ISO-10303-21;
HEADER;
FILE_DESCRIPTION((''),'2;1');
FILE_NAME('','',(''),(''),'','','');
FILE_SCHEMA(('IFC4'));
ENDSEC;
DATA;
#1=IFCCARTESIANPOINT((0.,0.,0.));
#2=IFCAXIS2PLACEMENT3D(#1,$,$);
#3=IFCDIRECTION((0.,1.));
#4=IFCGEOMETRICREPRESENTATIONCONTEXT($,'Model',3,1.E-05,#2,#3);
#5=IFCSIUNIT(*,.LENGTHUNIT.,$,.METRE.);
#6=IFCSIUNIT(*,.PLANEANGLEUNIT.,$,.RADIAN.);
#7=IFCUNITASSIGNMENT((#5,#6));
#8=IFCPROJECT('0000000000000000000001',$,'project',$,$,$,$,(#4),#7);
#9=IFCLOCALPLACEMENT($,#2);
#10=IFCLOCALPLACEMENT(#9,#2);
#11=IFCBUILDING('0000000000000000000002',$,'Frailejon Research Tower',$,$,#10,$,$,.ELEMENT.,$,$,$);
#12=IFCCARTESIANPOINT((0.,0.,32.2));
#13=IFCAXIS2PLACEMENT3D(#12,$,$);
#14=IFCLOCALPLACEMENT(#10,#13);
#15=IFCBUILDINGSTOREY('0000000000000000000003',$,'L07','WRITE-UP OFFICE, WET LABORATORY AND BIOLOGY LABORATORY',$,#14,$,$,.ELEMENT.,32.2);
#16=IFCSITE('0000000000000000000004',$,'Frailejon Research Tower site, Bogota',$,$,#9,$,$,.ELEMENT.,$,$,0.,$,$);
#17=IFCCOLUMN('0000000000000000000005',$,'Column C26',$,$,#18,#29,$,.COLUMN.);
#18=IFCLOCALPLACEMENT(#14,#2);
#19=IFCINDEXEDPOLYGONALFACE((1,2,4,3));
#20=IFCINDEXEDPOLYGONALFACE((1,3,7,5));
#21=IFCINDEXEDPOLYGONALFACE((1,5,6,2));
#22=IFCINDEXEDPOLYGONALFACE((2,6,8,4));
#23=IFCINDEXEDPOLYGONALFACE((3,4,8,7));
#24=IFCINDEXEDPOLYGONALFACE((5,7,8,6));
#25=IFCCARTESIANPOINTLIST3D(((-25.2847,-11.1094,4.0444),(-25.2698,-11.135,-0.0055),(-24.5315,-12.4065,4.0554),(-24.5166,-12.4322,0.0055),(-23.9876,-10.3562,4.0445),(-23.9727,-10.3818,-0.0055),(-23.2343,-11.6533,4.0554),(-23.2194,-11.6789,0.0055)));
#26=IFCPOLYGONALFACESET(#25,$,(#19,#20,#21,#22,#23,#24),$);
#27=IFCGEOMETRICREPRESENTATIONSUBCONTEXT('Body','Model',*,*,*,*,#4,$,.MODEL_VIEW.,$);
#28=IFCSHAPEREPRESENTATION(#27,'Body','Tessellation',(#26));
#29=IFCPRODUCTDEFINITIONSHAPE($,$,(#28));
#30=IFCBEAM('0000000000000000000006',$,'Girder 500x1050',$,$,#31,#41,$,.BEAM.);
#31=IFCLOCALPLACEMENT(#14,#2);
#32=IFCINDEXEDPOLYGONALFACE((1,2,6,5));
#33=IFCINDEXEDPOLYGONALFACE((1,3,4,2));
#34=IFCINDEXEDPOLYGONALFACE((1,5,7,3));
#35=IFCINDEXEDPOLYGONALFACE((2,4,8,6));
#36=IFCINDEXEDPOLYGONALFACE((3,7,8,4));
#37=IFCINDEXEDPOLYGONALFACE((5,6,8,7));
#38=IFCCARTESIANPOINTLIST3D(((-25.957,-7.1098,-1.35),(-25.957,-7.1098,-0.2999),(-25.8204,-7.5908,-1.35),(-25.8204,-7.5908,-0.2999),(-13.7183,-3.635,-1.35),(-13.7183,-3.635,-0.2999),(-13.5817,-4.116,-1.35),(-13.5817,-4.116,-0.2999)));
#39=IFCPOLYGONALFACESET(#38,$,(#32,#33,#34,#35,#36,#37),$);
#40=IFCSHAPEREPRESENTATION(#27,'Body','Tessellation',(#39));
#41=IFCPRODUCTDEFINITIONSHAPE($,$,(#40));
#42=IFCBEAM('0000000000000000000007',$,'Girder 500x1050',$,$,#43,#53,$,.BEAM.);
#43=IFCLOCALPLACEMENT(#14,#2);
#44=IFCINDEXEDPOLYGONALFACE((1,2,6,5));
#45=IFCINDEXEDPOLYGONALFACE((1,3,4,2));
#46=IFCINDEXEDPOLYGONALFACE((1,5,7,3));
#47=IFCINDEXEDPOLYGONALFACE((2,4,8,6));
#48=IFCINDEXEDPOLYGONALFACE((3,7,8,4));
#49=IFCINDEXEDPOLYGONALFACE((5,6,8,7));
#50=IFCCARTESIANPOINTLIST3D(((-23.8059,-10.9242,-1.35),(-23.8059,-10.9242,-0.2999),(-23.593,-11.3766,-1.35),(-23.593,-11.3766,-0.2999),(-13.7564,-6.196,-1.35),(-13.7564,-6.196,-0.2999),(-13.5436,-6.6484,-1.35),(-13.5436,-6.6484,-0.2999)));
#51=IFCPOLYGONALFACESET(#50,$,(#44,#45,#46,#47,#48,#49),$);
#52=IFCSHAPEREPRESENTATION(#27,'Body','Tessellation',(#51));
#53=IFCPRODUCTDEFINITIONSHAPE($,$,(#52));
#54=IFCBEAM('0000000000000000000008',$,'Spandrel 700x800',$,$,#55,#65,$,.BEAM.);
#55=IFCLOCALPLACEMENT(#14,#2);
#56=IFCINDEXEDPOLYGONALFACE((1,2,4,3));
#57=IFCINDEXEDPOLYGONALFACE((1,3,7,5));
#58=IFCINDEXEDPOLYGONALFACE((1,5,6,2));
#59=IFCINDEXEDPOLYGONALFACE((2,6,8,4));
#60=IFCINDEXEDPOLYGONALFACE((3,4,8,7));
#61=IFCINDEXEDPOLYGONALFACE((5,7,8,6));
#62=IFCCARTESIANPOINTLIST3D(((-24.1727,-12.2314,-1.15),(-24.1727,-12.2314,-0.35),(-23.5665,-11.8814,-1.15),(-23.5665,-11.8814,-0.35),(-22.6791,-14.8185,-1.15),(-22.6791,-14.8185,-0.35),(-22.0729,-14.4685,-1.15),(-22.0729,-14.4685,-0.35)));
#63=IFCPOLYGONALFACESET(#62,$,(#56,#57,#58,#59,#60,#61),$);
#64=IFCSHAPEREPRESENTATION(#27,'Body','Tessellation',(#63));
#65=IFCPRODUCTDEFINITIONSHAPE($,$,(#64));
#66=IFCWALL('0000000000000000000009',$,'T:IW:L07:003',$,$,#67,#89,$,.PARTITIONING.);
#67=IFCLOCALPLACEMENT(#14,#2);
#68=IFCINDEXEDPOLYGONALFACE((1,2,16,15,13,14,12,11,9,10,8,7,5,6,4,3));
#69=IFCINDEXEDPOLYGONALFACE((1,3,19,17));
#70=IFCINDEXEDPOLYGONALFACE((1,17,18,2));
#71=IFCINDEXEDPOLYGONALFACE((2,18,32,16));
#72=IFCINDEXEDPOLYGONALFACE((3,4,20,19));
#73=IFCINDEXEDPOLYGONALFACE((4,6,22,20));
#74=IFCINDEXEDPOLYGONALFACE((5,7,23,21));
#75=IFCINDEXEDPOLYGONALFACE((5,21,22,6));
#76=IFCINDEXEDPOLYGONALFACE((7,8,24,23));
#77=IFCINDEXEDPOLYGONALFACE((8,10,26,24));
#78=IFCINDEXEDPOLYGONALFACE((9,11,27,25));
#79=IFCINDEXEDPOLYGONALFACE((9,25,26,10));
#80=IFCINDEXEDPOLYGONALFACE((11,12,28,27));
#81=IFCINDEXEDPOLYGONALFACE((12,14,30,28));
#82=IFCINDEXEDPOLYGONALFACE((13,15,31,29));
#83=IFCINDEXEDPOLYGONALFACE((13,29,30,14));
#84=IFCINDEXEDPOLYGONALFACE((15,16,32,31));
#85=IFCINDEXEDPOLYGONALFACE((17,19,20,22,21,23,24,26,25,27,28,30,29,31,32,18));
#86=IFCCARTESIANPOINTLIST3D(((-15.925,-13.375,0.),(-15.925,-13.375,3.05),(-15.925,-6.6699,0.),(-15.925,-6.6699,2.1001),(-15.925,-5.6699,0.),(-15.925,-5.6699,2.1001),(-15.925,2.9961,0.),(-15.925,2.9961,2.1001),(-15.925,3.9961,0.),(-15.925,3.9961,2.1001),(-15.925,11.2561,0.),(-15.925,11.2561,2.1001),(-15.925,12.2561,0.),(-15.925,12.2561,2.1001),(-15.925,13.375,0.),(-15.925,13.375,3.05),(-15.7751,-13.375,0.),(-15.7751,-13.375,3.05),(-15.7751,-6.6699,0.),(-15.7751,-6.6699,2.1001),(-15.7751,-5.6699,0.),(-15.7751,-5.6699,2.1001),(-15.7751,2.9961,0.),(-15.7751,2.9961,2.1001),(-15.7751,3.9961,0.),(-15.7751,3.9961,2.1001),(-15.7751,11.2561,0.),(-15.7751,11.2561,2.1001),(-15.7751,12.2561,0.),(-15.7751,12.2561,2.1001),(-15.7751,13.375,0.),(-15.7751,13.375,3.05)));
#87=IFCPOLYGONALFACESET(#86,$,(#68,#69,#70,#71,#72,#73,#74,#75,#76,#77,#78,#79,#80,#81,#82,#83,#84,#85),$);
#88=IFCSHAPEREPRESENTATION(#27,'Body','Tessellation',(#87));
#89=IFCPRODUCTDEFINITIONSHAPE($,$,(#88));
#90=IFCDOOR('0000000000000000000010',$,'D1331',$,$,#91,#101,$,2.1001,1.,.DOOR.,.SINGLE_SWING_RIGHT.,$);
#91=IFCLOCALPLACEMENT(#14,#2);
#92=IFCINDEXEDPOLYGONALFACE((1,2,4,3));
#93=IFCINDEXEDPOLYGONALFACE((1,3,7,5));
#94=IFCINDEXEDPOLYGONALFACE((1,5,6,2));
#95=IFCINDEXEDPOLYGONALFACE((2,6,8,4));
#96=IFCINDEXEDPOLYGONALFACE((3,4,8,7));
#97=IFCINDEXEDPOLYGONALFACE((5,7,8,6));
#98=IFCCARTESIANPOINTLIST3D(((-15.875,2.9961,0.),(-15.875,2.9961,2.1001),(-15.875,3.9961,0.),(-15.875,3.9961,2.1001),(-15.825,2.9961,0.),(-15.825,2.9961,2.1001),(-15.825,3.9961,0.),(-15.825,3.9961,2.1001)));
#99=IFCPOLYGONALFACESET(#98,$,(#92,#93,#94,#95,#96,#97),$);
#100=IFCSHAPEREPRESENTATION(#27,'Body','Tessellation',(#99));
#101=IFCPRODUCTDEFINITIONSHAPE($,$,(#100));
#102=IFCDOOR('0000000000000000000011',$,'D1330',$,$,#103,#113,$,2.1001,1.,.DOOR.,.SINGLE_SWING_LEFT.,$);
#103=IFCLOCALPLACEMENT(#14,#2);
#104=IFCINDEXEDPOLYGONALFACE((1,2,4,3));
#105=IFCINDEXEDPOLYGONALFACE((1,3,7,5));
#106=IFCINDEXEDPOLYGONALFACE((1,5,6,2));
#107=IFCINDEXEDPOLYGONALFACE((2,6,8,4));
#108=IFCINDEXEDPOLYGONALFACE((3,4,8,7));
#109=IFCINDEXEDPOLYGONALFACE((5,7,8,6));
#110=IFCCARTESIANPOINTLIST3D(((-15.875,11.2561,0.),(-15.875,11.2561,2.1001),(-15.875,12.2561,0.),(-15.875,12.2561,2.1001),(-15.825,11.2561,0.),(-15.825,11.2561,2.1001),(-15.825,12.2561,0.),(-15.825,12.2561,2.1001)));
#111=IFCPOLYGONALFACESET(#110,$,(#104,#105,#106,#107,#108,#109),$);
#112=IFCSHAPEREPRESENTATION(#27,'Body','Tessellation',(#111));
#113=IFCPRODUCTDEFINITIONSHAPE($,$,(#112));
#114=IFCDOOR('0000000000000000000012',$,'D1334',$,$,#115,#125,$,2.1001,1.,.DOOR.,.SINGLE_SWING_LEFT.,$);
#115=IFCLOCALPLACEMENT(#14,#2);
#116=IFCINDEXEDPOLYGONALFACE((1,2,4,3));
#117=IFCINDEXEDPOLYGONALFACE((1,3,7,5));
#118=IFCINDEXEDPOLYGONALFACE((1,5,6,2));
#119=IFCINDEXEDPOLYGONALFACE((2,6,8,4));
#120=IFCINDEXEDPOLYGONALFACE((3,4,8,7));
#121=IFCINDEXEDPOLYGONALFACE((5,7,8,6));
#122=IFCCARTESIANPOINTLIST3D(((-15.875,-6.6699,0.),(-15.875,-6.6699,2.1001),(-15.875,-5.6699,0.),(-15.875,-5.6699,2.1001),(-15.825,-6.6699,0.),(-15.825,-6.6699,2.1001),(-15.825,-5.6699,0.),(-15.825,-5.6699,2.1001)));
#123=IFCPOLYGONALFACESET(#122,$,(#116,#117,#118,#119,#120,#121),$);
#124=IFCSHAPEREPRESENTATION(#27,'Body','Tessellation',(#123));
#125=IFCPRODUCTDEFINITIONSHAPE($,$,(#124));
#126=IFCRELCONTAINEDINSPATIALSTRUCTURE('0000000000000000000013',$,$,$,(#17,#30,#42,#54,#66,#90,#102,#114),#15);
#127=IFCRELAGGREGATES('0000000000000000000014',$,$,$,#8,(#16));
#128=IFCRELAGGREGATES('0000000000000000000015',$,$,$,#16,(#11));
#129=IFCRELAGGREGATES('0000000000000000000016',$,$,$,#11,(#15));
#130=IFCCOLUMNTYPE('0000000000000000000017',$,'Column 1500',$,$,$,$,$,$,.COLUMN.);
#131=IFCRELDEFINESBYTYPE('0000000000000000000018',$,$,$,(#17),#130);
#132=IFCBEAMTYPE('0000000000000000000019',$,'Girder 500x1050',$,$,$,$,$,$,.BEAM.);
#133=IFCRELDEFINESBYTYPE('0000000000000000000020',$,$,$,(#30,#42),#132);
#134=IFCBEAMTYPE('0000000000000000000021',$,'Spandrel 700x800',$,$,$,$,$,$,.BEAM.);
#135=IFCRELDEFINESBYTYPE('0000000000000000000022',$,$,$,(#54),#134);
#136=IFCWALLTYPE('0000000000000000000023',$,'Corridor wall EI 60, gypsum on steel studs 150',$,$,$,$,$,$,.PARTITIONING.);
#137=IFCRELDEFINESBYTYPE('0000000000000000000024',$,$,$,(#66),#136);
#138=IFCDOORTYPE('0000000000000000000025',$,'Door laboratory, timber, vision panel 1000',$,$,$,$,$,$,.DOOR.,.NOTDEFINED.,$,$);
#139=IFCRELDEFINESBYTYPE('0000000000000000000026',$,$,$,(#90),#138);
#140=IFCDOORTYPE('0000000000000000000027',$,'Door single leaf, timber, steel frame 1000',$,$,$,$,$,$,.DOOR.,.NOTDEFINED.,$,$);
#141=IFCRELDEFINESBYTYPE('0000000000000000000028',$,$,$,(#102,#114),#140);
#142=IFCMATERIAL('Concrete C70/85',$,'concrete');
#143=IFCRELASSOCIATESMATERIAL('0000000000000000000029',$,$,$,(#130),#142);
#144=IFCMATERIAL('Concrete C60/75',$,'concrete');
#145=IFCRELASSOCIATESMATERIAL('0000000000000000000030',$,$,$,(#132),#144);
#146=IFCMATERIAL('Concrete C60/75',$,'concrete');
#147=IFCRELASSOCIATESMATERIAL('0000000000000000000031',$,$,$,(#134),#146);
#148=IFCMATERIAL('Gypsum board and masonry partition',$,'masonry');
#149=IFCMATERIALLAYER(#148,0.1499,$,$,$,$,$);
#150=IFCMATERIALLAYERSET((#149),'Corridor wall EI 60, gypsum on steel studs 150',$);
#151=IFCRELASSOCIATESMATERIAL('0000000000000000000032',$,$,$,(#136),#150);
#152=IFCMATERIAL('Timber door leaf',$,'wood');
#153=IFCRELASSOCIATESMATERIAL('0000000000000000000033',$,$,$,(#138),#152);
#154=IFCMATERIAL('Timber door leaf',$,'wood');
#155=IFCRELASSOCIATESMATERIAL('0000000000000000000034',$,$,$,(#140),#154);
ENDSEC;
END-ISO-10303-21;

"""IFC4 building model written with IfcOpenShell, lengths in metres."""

from ifc_helpers import new_model, si_unit, direction, frame, frame_2d, origin, origin_2d, place, context, subcontext, project, spatial, rectangle, extrude, material, layer, layer_set, material_profile, profile_set, type_object, element, fill, save


model = new_model("IFC4")

# Units and contexts
model_context = context("Model", 3, precision=1e-05, world=origin(), true_north=direction((0.0, 1.0)))
body_context = subcontext(model_context, "Body", "Model", "MODEL_VIEW")
ifc_project = project(units=[si_unit("LENGTHUNIT", "METRE"), si_unit("PLANEANGLEUNIT", "RADIAN")], contexts=[model_context])

# Site, building, storey
site_placement = place(None, origin())
site = spatial("IfcSite", under=ifc_project, at=site_placement, Name="Frailejon Research Tower site, Bogota", CompositionType="ELEMENT", RefElevation=0.0)
building_placement = place(site_placement, origin())
building = spatial("IfcBuilding", under=site, at=building_placement, Name="Frailejon Research Tower", CompositionType="ELEMENT")
storey_placement = place(building_placement, frame((0.0, 0.0, 32.2)))
storey = spatial("IfcBuildingStorey", under=building, at=storey_placement, Name="L07", Description="WRITE-UP OFFICE, WET LABORATORY AND BIOLOGY LABORATORY", CompositionType="ELEMENT", Elevation=32.2)

# Column
ifc_material_1 = material(Name="Concrete C70/85", Category="concrete")
ifc_material_profile_1 = material_profile(ifc_material_1, rectangle(XDim=1.5, YDim=1.5, at=origin_2d()), Name="Column 1500")
ifc_profile_set_1 = profile_set([ifc_material_profile_1], Name="Concrete C70/85")
column_type = type_object("IfcColumnType", Name="Column 1500", PredefinedType="COLUMN", material=ifc_profile_set_1)
column_placement = place(storey_placement, frame((-24.2446, -11.407, 0.0), z_axis=(-0.003677, 0.006329, 0.999973), x_axis=(0.502147, -0.864751, 0.00732)))
element("IfcColumn", 1, at=column_placement, inside=storey, type_object=column_type, Name="Column C26", PredefinedType="COLUMN", context=body_context, shape_type="SweptSolid", body=[
    extrude(rectangle(XDim=1.5, YDim=1.5, at=origin_2d()), origin(), (0.0, 0.0, 1.0), 4.05),
])

# Beams
ifc_material_2 = material(Name="Concrete C60/75", Category="concrete")
ifc_material_profile_2 = material_profile(ifc_material_2, rectangle(XDim=0.5, YDim=1.05, at=origin_2d()), Name="Girder 500x1050")
ifc_profile_set_2 = profile_set([ifc_material_profile_2], Name="Concrete C60/75")
beam_type_1 = type_object("IfcBeamType", Name="Girder 500x1050", PredefinedType="BEAM", material=ifc_profile_set_2)
beam_1_placement = place(storey_placement, frame((-25.8887, -7.3503, -0.825), z_axis=(0.961978, 0.273127, 0.0), x_axis=(-0.273127, 0.961978, 0.0)))
element("IfcBeam", 2, at=beam_1_placement, inside=storey, type_object=beam_type_1, Name="Girder 500x1050", PredefinedType="BEAM", context=body_context, shape_type="SweptSolid", body=[
    extrude(rectangle(XDim=0.5, YDim=1.05, at=origin_2d()), origin(), (0.0, 0.0, 1.0), 12.7224),
])
beam_2_placement = place(storey_placement, frame((-23.6995, -11.1504, -0.825), z_axis=(0.904851, 0.425728, 0.0), x_axis=(-0.425728, 0.904851, 0.0)))
element("IfcBeam", 3, at=beam_2_placement, inside=storey, type_object=beam_type_1, Name="Girder 500x1050", PredefinedType="BEAM", context=body_context, shape_type="SweptSolid", body=[
    extrude(rectangle(XDim=0.5, YDim=1.05, at=origin_2d()), origin(), (0.0, 0.0, 1.0), 11.1062),
])
ifc_material_3 = material(Name="Concrete C60/75", Category="concrete")
ifc_material_profile_3 = material_profile(ifc_material_3, rectangle(XDim=0.7, YDim=0.8, at=origin_2d()), Name="Spandrel 700x800")
ifc_profile_set_3 = profile_set([ifc_material_profile_3], Name="Concrete C60/75")
beam_type_2 = type_object("IfcBeamType", Name="Spandrel 700x800", PredefinedType="BEAM", material=ifc_profile_set_3)
beam_3_placement = place(storey_placement, frame((-23.8696, -12.0564, -0.75), z_axis=(0.499989, -0.866032, 0.0), x_axis=(0.866032, 0.499989, 0.0)))
element("IfcBeam", 4, at=beam_3_placement, inside=storey, type_object=beam_type_2, Name="Spandrel 700x800", PredefinedType="BEAM", context=body_context, shape_type="SweptSolid", body=[
    extrude(rectangle(XDim=0.7, YDim=0.8, at=origin_2d()), origin(), (0.0, 0.0, 1.0), 2.9873),
])

# Wall, openings, doors
ifc_material_4 = material(Name="Gypsum board and masonry partition", Category="masonry")
ifc_layer_1 = layer(ifc_material_4, 0.1499)
ifc_layer_set_1 = layer_set([ifc_layer_1], Name="Corridor wall EI 60, gypsum on steel studs 150")
wall_type_1 = type_object("IfcWallType", Name="Corridor wall EI 60, gypsum on steel studs 150", PredefinedType="PARTITIONING", material=ifc_layer_set_1)
wall_1_placement = place(storey_placement, frame((-15.8501, -13.375, 0.0), z_axis=(0.0, 0.0, 1.0), x_axis=(0.0, 1.0, 0.0)))
wall_1 = element("IfcWall", 5, at=wall_1_placement, inside=storey, type_object=wall_type_1, Name="T:IW:L07:003", PredefinedType="PARTITIONING", context=body_context, shape_type="SweptSolid", body=[
    extrude(rectangle(XDim=26.75, YDim=0.1499, at=frame_2d((13.375, 0.0))), origin(), (0.0, 0.0, 1.0), 3.05),
])
opening_1_placement = place(wall_1_placement, frame((24.6311, 0.0, 0.0)))
opening_1 = element("IfcOpeningElement", 6, at=opening_1_placement, cuts=wall_1, PredefinedType="OPENING", context=body_context, shape_type="SweptSolid", body=[
    extrude(rectangle(XDim=1.0, YDim=2.1001, at=frame_2d((0.5, 1.05))), frame((0.0, 0.085, 0.0), z_axis=(0.0, -1.0, 0.0), x_axis=(1.0, 0.0, 0.0)), (0.0, 0.0, 1.0), 0.1699),
])
opening_2_placement = place(wall_1_placement, frame((16.3711, 0.0, 0.0)))
opening_2 = element("IfcOpeningElement", 7, at=opening_2_placement, cuts=wall_1, PredefinedType="OPENING", context=body_context, shape_type="SweptSolid", body=[
    extrude(rectangle(XDim=1.0, YDim=2.1001, at=frame_2d((0.5, 1.05))), frame((0.0, 0.085, 0.0), z_axis=(0.0, -1.0, 0.0), x_axis=(1.0, 0.0, 0.0)), (0.0, 0.0, 1.0), 0.1699),
])
opening_3_placement = place(wall_1_placement, frame((6.7051, 0.0, 0.0)))
opening_3 = element("IfcOpeningElement", 8, at=opening_3_placement, cuts=wall_1, PredefinedType="OPENING", context=body_context, shape_type="SweptSolid", body=[
    extrude(rectangle(XDim=1.0, YDim=2.1001, at=frame_2d((0.5, 1.05))), frame((0.0, 0.085, 0.0), z_axis=(0.0, -1.0, 0.0), x_axis=(1.0, 0.0, 0.0)), (0.0, 0.0, 1.0), 0.1699),
])
ifc_material_5 = material(Name="Timber door leaf", Category="wood")
door_type_1 = type_object("IfcDoorType", Name="Door laboratory, timber, vision panel 1000", OperationType="NOTDEFINED", PredefinedType="DOOR", material=ifc_material_5)
door_1_placement = place(opening_2_placement, origin())
door_1 = element("IfcDoor", 9, at=door_1_placement, inside=storey, type_object=door_type_1, Name="D1331", OperationType="SINGLE_SWING_RIGHT", OverallHeight=2.1001, OverallWidth=1.0, PredefinedType="DOOR", context=body_context, shape_type="SweptSolid", body=[
    extrude(rectangle(XDim=1.0, YDim=2.1001, at=frame_2d((0.5, 1.05))), frame((0.0, 0.0249, 0.0), z_axis=(0.0, -1.0, 0.0), x_axis=(1.0, 0.0, 0.0)), (0.0, 0.0, 1.0), 0.05),
])
fill(opening_2, door_1)
ifc_material_6 = material(Name="Timber door leaf", Category="wood")
door_type_2 = type_object("IfcDoorType", Name="Door single leaf, timber, steel frame 1000", OperationType="NOTDEFINED", PredefinedType="DOOR", material=ifc_material_6)
door_2_placement = place(opening_1_placement, origin())
door_2 = element("IfcDoor", 10, at=door_2_placement, inside=storey, type_object=door_type_2, Name="D1330", OperationType="SINGLE_SWING_LEFT", OverallHeight=2.1001, OverallWidth=1.0, PredefinedType="DOOR", context=body_context, shape_type="SweptSolid", body=[
    extrude(rectangle(XDim=1.0, YDim=2.1001, at=frame_2d((0.5, 1.05))), frame((0.0, 0.0249, 0.0), z_axis=(0.0, -1.0, 0.0), x_axis=(1.0, 0.0, 0.0)), (0.0, 0.0, 1.0), 0.05),
])
fill(opening_1, door_2)
door_3_placement = place(opening_3_placement, origin())
door_3 = element("IfcDoor", 11, at=door_3_placement, inside=storey, type_object=door_type_2, Name="D1334", OperationType="SINGLE_SWING_LEFT", OverallHeight=2.1001, OverallWidth=1.0, PredefinedType="DOOR", context=body_context, shape_type="SweptSolid", body=[
    extrude(rectangle(XDim=1.0, YDim=2.1001, at=frame_2d((0.5, 1.05))), frame((0.0, 0.0249, 0.0), z_axis=(0.0, -1.0, 0.0), x_axis=(1.0, 0.0, 0.0)), (0.0, 0.0, 1.0), 0.05),
])
fill(opening_3, door_3)

save(model, "model.ifc")
